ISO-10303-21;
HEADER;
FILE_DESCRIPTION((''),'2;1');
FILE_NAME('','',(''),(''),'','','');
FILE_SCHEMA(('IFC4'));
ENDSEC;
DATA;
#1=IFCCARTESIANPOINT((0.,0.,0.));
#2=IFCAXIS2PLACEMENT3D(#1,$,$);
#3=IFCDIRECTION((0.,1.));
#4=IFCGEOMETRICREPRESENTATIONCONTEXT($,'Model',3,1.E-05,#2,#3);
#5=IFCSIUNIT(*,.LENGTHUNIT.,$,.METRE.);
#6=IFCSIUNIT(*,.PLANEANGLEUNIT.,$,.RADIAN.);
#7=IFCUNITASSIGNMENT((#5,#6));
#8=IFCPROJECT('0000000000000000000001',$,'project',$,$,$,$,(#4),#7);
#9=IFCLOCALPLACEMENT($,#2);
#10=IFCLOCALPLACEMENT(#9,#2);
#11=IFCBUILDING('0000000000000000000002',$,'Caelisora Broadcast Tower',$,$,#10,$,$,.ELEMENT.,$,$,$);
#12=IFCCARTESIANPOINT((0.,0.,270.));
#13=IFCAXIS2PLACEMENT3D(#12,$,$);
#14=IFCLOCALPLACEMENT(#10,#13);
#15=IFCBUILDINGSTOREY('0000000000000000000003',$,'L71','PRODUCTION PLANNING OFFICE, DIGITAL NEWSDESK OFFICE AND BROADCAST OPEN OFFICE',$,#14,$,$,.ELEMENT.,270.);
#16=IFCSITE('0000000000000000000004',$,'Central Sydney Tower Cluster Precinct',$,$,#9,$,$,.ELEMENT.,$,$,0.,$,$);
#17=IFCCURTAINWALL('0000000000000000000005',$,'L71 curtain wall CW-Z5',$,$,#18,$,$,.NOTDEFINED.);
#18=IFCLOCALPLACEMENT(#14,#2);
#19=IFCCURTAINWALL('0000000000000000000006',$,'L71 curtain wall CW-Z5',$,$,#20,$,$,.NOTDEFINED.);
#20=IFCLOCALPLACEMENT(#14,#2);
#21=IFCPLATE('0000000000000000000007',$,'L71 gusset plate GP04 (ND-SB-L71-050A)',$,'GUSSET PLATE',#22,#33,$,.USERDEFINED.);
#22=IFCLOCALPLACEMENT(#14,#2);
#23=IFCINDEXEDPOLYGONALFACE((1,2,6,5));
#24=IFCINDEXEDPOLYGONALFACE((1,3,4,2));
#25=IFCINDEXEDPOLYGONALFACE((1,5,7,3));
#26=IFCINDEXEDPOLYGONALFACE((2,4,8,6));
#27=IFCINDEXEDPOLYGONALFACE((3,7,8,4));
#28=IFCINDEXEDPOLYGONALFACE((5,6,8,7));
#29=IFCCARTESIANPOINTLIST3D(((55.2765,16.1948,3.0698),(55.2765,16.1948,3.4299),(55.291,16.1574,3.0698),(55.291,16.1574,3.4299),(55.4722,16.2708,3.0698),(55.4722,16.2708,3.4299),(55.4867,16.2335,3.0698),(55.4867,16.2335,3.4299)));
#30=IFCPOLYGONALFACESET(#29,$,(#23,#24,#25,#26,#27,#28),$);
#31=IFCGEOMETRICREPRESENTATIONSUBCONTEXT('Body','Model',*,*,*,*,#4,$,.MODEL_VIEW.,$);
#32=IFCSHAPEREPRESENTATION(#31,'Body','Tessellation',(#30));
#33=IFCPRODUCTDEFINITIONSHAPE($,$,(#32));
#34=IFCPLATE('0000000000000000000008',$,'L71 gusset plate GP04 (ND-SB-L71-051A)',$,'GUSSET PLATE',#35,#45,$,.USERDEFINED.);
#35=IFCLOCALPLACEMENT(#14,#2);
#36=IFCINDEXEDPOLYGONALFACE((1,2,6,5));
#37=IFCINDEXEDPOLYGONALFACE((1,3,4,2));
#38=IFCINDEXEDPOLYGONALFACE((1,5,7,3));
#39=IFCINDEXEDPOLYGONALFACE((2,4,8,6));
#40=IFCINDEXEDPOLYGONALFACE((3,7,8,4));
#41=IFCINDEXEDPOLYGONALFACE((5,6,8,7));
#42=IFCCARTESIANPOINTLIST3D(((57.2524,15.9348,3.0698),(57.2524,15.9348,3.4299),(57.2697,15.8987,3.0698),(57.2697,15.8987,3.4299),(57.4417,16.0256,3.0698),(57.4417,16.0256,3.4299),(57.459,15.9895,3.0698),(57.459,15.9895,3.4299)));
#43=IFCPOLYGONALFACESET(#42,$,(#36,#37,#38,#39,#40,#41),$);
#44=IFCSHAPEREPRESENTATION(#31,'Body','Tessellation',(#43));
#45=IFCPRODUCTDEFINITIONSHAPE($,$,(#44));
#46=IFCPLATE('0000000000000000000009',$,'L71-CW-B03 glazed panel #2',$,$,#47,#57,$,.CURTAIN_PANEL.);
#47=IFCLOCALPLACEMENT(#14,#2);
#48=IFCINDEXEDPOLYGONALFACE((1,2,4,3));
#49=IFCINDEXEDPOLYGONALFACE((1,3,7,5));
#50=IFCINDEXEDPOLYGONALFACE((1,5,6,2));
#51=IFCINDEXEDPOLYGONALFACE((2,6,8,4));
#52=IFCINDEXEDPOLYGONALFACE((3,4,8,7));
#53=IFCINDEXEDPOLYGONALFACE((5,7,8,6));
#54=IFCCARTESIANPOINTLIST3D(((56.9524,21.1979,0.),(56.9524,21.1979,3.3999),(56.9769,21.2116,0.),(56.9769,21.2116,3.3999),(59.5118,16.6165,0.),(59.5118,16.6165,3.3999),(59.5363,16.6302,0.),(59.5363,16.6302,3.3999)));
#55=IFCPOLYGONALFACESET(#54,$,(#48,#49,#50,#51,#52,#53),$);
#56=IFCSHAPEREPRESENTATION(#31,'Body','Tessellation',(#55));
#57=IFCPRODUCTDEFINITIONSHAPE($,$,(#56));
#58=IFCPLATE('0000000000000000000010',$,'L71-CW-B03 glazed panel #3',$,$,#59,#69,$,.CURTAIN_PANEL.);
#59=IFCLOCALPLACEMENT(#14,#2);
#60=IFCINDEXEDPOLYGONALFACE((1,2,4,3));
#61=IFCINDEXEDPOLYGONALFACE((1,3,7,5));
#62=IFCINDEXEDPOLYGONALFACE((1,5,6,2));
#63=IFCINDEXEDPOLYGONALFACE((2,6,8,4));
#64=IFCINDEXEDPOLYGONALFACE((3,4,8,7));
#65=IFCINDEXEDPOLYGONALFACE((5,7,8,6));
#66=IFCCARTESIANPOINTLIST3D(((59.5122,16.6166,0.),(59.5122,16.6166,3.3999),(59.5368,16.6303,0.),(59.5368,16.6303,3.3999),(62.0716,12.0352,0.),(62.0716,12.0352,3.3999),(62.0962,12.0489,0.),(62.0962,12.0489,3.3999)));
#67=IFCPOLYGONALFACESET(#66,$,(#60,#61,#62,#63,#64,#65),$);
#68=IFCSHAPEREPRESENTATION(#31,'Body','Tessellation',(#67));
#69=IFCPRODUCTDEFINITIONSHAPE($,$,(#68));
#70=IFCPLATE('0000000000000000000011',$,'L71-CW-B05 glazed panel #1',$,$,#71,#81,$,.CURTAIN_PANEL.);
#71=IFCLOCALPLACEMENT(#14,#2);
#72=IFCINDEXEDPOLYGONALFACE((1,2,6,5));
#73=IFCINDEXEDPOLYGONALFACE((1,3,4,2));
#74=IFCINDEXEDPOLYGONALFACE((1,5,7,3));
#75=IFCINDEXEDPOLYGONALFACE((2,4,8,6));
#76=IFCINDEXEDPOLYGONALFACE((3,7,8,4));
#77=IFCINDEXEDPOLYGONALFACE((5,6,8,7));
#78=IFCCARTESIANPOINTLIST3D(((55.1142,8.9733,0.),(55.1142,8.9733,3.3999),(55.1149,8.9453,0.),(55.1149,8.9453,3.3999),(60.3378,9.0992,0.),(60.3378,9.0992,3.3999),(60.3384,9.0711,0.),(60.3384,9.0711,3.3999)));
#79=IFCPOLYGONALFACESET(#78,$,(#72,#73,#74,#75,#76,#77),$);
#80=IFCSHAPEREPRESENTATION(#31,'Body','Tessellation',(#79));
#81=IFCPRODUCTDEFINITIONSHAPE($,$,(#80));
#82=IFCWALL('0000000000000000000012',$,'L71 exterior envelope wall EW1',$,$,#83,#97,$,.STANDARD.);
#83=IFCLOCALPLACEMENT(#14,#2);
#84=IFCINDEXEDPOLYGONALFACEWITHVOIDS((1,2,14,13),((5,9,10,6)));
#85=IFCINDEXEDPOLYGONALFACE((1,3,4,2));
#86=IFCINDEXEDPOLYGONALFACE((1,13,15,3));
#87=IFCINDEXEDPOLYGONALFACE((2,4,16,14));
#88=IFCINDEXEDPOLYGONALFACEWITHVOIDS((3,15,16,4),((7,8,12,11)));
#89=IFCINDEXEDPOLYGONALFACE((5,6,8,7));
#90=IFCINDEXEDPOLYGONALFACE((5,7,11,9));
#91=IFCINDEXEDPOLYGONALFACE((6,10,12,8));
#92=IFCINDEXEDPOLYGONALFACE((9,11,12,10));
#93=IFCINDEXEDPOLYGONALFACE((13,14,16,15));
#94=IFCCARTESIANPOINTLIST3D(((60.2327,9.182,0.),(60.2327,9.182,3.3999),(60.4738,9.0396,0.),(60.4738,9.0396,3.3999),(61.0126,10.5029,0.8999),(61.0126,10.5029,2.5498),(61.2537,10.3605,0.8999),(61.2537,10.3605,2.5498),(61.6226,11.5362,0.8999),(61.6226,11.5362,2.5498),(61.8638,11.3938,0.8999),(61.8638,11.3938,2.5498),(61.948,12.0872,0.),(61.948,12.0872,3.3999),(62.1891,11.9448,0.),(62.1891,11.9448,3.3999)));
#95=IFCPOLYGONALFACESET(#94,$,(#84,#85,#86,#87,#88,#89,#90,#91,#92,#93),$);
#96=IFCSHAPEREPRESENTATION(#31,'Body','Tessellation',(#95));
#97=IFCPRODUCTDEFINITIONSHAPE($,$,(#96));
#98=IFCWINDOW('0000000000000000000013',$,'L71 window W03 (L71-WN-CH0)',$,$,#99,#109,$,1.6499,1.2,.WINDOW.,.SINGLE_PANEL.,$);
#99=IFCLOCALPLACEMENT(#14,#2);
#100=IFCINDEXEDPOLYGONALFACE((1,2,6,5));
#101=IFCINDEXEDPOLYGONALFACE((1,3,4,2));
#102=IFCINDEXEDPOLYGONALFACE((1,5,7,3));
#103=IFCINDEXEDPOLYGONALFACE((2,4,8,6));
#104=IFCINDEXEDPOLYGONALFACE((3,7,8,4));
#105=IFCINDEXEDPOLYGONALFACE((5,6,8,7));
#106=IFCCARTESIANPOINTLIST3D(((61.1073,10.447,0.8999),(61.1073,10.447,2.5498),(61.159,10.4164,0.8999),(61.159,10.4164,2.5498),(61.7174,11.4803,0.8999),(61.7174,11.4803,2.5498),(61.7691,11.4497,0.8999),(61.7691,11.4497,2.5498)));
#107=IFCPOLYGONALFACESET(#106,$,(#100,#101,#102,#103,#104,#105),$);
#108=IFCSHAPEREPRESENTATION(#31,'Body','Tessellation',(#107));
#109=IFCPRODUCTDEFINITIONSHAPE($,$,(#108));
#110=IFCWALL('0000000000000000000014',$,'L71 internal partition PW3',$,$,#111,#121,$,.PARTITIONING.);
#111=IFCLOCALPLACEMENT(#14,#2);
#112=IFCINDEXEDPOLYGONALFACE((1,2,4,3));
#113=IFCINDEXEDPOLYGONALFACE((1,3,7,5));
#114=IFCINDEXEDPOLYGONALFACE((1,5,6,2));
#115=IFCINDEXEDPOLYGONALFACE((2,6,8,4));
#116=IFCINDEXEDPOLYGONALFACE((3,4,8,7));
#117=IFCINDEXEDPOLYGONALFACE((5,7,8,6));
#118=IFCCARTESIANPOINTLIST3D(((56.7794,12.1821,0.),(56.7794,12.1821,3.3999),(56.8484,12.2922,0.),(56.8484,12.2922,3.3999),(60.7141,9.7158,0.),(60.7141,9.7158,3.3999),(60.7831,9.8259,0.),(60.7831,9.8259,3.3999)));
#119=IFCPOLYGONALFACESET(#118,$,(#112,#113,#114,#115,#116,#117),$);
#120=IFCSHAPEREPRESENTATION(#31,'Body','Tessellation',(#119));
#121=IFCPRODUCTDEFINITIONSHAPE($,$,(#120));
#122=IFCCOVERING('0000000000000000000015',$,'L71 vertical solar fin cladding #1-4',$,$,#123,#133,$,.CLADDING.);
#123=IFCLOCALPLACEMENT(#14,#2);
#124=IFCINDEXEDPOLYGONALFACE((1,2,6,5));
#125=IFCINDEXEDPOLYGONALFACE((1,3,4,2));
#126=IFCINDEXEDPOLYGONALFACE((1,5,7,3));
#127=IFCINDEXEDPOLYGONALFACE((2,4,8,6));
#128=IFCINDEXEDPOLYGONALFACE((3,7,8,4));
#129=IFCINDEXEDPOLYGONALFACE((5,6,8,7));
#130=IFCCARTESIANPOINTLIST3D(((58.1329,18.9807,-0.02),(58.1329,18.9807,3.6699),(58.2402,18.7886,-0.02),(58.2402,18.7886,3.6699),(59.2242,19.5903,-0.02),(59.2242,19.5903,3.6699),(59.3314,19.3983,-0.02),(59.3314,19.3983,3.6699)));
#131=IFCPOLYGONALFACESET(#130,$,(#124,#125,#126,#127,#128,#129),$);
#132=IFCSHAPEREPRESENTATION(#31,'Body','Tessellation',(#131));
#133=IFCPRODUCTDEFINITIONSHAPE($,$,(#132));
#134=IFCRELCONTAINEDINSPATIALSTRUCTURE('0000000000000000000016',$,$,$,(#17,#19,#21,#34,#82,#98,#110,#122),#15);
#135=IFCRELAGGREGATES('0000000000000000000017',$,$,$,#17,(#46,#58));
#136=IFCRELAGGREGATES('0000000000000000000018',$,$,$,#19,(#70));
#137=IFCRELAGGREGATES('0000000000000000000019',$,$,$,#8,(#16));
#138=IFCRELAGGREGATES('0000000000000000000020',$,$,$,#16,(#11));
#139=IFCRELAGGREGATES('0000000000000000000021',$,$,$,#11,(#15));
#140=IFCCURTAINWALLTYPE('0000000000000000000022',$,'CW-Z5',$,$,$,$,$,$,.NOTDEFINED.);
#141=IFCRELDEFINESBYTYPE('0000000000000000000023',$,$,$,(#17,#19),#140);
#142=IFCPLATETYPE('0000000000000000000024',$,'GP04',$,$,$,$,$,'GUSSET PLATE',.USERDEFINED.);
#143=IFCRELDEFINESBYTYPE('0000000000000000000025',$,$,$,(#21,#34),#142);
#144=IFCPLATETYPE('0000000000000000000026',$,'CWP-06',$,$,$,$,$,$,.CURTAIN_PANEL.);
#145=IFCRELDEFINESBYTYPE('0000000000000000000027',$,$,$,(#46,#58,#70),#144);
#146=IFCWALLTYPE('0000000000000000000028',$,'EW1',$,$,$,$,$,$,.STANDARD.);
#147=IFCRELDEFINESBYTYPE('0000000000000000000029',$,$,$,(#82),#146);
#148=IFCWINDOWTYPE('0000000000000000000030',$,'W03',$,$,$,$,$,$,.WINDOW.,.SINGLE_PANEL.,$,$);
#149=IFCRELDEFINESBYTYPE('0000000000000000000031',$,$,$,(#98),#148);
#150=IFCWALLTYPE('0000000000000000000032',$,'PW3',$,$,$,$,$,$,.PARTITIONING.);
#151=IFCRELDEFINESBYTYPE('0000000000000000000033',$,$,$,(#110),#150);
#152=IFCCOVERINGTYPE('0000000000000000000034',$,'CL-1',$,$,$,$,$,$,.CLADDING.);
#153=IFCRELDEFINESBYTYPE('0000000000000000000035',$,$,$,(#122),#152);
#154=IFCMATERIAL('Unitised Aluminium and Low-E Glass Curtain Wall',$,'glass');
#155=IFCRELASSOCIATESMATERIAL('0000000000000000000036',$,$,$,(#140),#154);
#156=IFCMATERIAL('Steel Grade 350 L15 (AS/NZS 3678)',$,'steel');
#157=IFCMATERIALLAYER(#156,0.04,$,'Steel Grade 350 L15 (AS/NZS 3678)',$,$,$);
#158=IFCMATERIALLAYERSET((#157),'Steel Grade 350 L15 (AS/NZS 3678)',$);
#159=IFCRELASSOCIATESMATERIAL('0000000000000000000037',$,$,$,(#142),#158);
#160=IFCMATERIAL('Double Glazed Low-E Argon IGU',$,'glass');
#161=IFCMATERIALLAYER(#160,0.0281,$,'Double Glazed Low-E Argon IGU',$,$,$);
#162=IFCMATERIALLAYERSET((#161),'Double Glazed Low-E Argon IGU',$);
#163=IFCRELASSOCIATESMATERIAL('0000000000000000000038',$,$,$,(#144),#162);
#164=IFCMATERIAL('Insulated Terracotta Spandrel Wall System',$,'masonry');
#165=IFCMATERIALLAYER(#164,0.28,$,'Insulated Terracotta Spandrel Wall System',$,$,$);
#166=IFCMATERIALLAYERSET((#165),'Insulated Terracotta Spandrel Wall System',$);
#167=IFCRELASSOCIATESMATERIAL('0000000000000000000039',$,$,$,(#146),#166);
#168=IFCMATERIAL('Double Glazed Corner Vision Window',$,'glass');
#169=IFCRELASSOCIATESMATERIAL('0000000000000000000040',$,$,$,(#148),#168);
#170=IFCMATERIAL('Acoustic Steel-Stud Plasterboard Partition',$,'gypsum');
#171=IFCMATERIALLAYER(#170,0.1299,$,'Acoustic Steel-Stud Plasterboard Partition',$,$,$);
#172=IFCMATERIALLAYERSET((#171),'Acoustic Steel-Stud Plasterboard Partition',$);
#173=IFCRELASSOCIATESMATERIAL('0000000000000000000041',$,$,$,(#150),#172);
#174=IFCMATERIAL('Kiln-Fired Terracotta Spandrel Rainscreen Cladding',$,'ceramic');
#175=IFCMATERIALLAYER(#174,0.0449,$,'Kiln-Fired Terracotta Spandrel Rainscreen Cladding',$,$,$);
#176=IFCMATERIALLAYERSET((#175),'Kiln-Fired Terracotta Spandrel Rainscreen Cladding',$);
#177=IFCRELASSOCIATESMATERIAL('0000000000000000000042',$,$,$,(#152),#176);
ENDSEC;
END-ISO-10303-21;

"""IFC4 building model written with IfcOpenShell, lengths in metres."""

from ifc_helpers import new_model, si_unit, direction, frame, frame_2d, origin, origin_2d, place, context, subcontext, project, spatial, rectangle, extrude, source, transform, mapped, material, layer, layer_set, type_object, type_shapes, element, fill, aggregate, save


model = new_model("IFC4")

# Units and contexts
model_context = context("Model", 3, precision=1e-05, world=origin(), true_north=direction((0.0, 1.0)))
body_context = subcontext(model_context, "Body", "Model", "MODEL_VIEW")
ifc_project = project(units=[si_unit("LENGTHUNIT", "METRE"), si_unit("PLANEANGLEUNIT", "RADIAN")], contexts=[model_context])

# Site, building, storey
site_placement = place(None, origin())
site = spatial("IfcSite", under=ifc_project, at=site_placement, Name="Central Sydney Tower Cluster Precinct", CompositionType="ELEMENT", RefElevation=0.0)
building_placement = place(site_placement, origin())
building = spatial("IfcBuilding", under=site, at=building_placement, Name="Caelisora Broadcast Tower", CompositionType="ELEMENT")
storey_placement = place(building_placement, frame((0.0, 0.0, 270.0)))
storey = spatial("IfcBuildingStorey", under=building, at=storey_placement, Name="L71", Description="PRODUCTION PLANNING OFFICE, DIGITAL NEWSDESK OFFICE AND BROADCAST OPEN OFFICE", CompositionType="ELEMENT", Elevation=270.0)

# Shared definitions
ifc_material_1 = material(Name="Steel Grade 350 L15 (AS/NZS 3678)", Category="steel")

# Curtain walls
ifc_material_2 = material(Name="Unitised Aluminium and Low-E Glass Curtain Wall", Category="glass")
curtain_wall_type = type_object("IfcCurtainWallType", Name="CW-Z5", PredefinedType="NOTDEFINED", material=ifc_material_2)
curtain_wall_1_placement = place(storey_placement, origin())
curtain_wall_1 = element("IfcCurtainWall", 1, at=curtain_wall_1_placement, inside=storey, type_object=curtain_wall_type, Name="L71 curtain wall CW-Z5", PredefinedType="NOTDEFINED")
curtain_wall_2_placement = place(storey_placement, origin())
curtain_wall_2 = element("IfcCurtainWall", 2, at=curtain_wall_2_placement, inside=storey, type_object=curtain_wall_type, Name="L71 curtain wall CW-Z5", PredefinedType="NOTDEFINED")

# Plates
ifc_layer_1 = layer(ifc_material_1, 0.04, Name="Steel Grade 350 L15 (AS/NZS 3678)")
ifc_layer_set_1 = layer_set([ifc_layer_1], Name="Steel Grade 350 L15 (AS/NZS 3678)")
plate_type_1 = type_object("IfcPlateType", Name="GP04", ElementType="GUSSET PLATE", PredefinedType="USERDEFINED", material=ifc_layer_set_1)
shared_shape_1 = source(origin(), body_context, "Body", "SweptSolid", [
    extrude(rectangle(XDim=0.21, YDim=0.04, at=origin_2d()), origin(), (0.0, 0.0, 1.0), 0.3601),
])
type_shapes(plate_type_1, [shared_shape_1])
for number, where, z_axis, x_axis, name in (
    (3, (55.3816, 16.2141, 3.0698), (0.0, 0.0, 1.0), (-0.932134, -0.362113, 0.0), "L71 gusset plate GP04 (ND-SB-L71-050A)"),
    (4, (57.3557, 15.9622, 3.0698), (0.0, 0.0, 1.0), (-0.901531, -0.432715, 0.0), "L71 gusset plate GP04 (ND-SB-L71-051A)"),
):
    element("IfcPlate", number, at=place(storey_placement, frame(where, z_axis=z_axis, x_axis=x_axis)), inside=storey, type_object=plate_type_1, Name=name, ObjectType="GUSSET PLATE", PredefinedType="USERDEFINED", context=body_context, shape_type="MappedRepresentation", body=[
        mapped(shared_shape_1, transform((0.0, 0.0, 0.0), scale=1.0)),
    ])

# Plates
ifc_material_3 = material(Name="Double Glazed Low-E Argon IGU", Category="glass")
ifc_layer_2 = layer(ifc_material_3, 0.0281, Name="Double Glazed Low-E Argon IGU")
ifc_layer_set_2 = layer_set([ifc_layer_2], Name="Double Glazed Low-E Argon IGU")
plate_type_2 = type_object("IfcPlateType", Name="CWP-06", PredefinedType="CURTAIN_PANEL", material=ifc_layer_set_2)
shared_shape_2 = source(origin(), body_context, "Body", "SweptSolid", [
    extrude(rectangle(XDim=5.2478, YDim=0.0281, at=origin_2d()), origin(), (0.0, 0.0, 1.0), 3.3999),
])
plate_1_placement = place(storey_placement, frame((58.2444, 18.9141, 0.0), z_axis=(0.0, 0.0, 1.0), x_axis=(0.487707, -0.873007, 0.0)))
plate_1 = element("IfcPlate", 5, at=plate_1_placement, type_object=plate_type_2, Name="L71-CW-B03 glazed panel #2", PredefinedType="CURTAIN_PANEL", context=body_context, shape_type="MappedRepresentation", body=[
    mapped(shared_shape_2, transform((0.0, 0.0, 0.0), scale=1.0)),
])
plate_2_placement = place(storey_placement, frame((60.8042, 14.3328, 0.0), z_axis=(0.0, 0.0, 1.0), x_axis=(0.487707, -0.873007, 0.0)))
plate_2 = element("IfcPlate", 6, at=plate_2_placement, type_object=plate_type_2, Name="L71-CW-B03 glazed panel #3", PredefinedType="CURTAIN_PANEL", context=body_context, shape_type="MappedRepresentation", body=[
    mapped(shared_shape_2, transform((0.0, 0.0, 0.0), scale=1.0)),
])
aggregate(curtain_wall_1, [plate_1, plate_2])
shared_shape_3 = source(origin(), body_context, "Body", "SweptSolid", [
    extrude(rectangle(XDim=5.2251, YDim=0.0281, at=origin_2d()), origin(), (0.0, 0.0, 1.0), 3.3999),
])
type_shapes(plate_type_2, [shared_shape_2, shared_shape_3])
plate_3_placement = place(storey_placement, frame((57.7263, 9.0222, 0.0), z_axis=(0.0, 0.0, 1.0), x_axis=(-0.99971, -0.024083, 0.0)))
plate_3 = element("IfcPlate", 7, at=plate_3_placement, type_object=plate_type_2, Name="L71-CW-B05 glazed panel #1", PredefinedType="CURTAIN_PANEL", context=body_context, shape_type="MappedRepresentation", body=[
    mapped(shared_shape_3, transform((0.0, 0.0, 0.0), scale=1.0)),
])
aggregate(curtain_wall_2, [plate_3])

# Wall, opening, window
ifc_material_4 = material(Name="Insulated Terracotta Spandrel Wall System", Category="masonry")
ifc_layer_3 = layer(ifc_material_4, 0.28, Name="Insulated Terracotta Spandrel Wall System")
ifc_layer_set_3 = layer_set([ifc_layer_3], Name="Insulated Terracotta Spandrel Wall System")
wall_type_1 = type_object("IfcWallType", Name="EW1", PredefinedType="STANDARD", material=ifc_layer_set_3)
wall_1_placement = place(storey_placement, frame((62.0686, 12.0161, 0.0), z_axis=(0.0, 0.0, 1.0), x_axis=(-0.508417, -0.861111, 0.0)))
wall_1 = element("IfcWall", 8, at=wall_1_placement, inside=storey, type_object=wall_type_1, Name="L71 exterior envelope wall EW1", PredefinedType="STANDARD", context=body_context, shape_type="SweptSolid", body=[
    extrude(rectangle(XDim=3.3738, YDim=0.28, at=frame_2d((1.687, 0.0))), origin(), (0.0, 0.0, 1.0), 3.3999),
])
opening_placement = place(wall_1_placement, frame((0.6399, 0.0, 0.8999)))
opening = element("IfcOpeningElement", 9, at=opening_placement, cuts=wall_1, PredefinedType="OPENING", context=body_context, shape_type="SweptSolid", body=[
    extrude(rectangle(XDim=1.2, YDim=1.6499, at=frame_2d((0.6001, 0.825))), frame((0.0, 0.1521, 0.0), z_axis=(0.0, -1.0, 0.0), x_axis=(1.0, 0.0, 0.0)), (0.0, 0.0, 1.0), 0.304),
])
ifc_material_5 = material(Name="Double Glazed Corner Vision Window", Category="glass")
window_type = type_object("IfcWindowType", Name="W03", PartitioningType="SINGLE_PANEL", PredefinedType="WINDOW", material=ifc_material_5)
window_placement = place(opening_placement, origin())
window = element("IfcWindow", 10, at=window_placement, inside=storey, type_object=window_type, Name="L71 window W03 (L71-WN-CH0)", OverallHeight=1.6499, OverallWidth=1.2, PartitioningType="SINGLE_PANEL", PredefinedType="WINDOW", context=body_context, shape_type="SweptSolid", body=[
    extrude(rectangle(XDim=1.2, YDim=1.6499, at=frame_2d((0.6001, 0.825))), frame((0.0, 0.03, 0.0), z_axis=(0.0, -1.0, 0.0), x_axis=(1.0, 0.0, 0.0)), (0.0, 0.0, 1.0), 0.0601),
])
fill(opening, window)

# Wall
ifc_material_6 = material(Name="Acoustic Steel-Stud Plasterboard Partition", Category="gypsum")
ifc_layer_4 = layer(ifc_material_6, 0.1299, Name="Acoustic Steel-Stud Plasterboard Partition")
ifc_layer_set_4 = layer_set([ifc_layer_4], Name="Acoustic Steel-Stud Plasterboard Partition")
wall_type_2 = type_object("IfcWallType", Name="PW3", PredefinedType="PARTITIONING", material=ifc_layer_set_4)
wall_2_placement = place(storey_placement, frame((56.814, 12.2371, 0.0), z_axis=(0.0, 0.0, 1.0), x_axis=(0.847315, -0.53109, 0.0)))
element("IfcWall", 11, at=wall_2_placement, inside=storey, type_object=wall_type_2, Name="L71 internal partition PW3", PredefinedType="PARTITIONING", context=body_context, shape_type="SweptSolid", body=[
    extrude(rectangle(XDim=4.6438, YDim=0.1299, at=frame_2d((2.3218, 0.0))), origin(), (0.0, 0.0, 1.0), 3.3999),
])

# Covering
ifc_material_7 = material(Name="Kiln-Fired Terracotta Spandrel Rainscreen Cladding", Category="ceramic")
ifc_layer_5 = layer(ifc_material_7, 0.0449, Name="Kiln-Fired Terracotta Spandrel Rainscreen Cladding")
ifc_layer_set_5 = layer_set([ifc_layer_5], Name="Kiln-Fired Terracotta Spandrel Rainscreen Cladding")
covering_type = type_object("IfcCoveringType", Name="CL-1", PredefinedType="CLADDING", material=ifc_layer_set_5)
shared_shape_4 = source(origin(), body_context, "Body", "SweptSolid", [
    extrude(rectangle(XDim=0.22, YDim=1.25, at=origin_2d()), origin(), (0.0, 0.0, 1.0), 3.6899),
])
type_shapes(covering_type, [shared_shape_4])
covering_placement = place(storey_placement, frame((58.7322, 19.1895, -0.02), z_axis=(0.0, 0.0, 1.0), x_axis=(0.487707, -0.873007, 0.0)))
element("IfcCovering", 12, at=covering_placement, inside=storey, type_object=covering_type, Name="L71 vertical solar fin cladding #1-4", PredefinedType="CLADDING", context=body_context, shape_type="MappedRepresentation", body=[
    mapped(shared_shape_4, transform((0.0, 0.0, 0.0), scale=1.0)),
])

save(model, "model.ifc")
